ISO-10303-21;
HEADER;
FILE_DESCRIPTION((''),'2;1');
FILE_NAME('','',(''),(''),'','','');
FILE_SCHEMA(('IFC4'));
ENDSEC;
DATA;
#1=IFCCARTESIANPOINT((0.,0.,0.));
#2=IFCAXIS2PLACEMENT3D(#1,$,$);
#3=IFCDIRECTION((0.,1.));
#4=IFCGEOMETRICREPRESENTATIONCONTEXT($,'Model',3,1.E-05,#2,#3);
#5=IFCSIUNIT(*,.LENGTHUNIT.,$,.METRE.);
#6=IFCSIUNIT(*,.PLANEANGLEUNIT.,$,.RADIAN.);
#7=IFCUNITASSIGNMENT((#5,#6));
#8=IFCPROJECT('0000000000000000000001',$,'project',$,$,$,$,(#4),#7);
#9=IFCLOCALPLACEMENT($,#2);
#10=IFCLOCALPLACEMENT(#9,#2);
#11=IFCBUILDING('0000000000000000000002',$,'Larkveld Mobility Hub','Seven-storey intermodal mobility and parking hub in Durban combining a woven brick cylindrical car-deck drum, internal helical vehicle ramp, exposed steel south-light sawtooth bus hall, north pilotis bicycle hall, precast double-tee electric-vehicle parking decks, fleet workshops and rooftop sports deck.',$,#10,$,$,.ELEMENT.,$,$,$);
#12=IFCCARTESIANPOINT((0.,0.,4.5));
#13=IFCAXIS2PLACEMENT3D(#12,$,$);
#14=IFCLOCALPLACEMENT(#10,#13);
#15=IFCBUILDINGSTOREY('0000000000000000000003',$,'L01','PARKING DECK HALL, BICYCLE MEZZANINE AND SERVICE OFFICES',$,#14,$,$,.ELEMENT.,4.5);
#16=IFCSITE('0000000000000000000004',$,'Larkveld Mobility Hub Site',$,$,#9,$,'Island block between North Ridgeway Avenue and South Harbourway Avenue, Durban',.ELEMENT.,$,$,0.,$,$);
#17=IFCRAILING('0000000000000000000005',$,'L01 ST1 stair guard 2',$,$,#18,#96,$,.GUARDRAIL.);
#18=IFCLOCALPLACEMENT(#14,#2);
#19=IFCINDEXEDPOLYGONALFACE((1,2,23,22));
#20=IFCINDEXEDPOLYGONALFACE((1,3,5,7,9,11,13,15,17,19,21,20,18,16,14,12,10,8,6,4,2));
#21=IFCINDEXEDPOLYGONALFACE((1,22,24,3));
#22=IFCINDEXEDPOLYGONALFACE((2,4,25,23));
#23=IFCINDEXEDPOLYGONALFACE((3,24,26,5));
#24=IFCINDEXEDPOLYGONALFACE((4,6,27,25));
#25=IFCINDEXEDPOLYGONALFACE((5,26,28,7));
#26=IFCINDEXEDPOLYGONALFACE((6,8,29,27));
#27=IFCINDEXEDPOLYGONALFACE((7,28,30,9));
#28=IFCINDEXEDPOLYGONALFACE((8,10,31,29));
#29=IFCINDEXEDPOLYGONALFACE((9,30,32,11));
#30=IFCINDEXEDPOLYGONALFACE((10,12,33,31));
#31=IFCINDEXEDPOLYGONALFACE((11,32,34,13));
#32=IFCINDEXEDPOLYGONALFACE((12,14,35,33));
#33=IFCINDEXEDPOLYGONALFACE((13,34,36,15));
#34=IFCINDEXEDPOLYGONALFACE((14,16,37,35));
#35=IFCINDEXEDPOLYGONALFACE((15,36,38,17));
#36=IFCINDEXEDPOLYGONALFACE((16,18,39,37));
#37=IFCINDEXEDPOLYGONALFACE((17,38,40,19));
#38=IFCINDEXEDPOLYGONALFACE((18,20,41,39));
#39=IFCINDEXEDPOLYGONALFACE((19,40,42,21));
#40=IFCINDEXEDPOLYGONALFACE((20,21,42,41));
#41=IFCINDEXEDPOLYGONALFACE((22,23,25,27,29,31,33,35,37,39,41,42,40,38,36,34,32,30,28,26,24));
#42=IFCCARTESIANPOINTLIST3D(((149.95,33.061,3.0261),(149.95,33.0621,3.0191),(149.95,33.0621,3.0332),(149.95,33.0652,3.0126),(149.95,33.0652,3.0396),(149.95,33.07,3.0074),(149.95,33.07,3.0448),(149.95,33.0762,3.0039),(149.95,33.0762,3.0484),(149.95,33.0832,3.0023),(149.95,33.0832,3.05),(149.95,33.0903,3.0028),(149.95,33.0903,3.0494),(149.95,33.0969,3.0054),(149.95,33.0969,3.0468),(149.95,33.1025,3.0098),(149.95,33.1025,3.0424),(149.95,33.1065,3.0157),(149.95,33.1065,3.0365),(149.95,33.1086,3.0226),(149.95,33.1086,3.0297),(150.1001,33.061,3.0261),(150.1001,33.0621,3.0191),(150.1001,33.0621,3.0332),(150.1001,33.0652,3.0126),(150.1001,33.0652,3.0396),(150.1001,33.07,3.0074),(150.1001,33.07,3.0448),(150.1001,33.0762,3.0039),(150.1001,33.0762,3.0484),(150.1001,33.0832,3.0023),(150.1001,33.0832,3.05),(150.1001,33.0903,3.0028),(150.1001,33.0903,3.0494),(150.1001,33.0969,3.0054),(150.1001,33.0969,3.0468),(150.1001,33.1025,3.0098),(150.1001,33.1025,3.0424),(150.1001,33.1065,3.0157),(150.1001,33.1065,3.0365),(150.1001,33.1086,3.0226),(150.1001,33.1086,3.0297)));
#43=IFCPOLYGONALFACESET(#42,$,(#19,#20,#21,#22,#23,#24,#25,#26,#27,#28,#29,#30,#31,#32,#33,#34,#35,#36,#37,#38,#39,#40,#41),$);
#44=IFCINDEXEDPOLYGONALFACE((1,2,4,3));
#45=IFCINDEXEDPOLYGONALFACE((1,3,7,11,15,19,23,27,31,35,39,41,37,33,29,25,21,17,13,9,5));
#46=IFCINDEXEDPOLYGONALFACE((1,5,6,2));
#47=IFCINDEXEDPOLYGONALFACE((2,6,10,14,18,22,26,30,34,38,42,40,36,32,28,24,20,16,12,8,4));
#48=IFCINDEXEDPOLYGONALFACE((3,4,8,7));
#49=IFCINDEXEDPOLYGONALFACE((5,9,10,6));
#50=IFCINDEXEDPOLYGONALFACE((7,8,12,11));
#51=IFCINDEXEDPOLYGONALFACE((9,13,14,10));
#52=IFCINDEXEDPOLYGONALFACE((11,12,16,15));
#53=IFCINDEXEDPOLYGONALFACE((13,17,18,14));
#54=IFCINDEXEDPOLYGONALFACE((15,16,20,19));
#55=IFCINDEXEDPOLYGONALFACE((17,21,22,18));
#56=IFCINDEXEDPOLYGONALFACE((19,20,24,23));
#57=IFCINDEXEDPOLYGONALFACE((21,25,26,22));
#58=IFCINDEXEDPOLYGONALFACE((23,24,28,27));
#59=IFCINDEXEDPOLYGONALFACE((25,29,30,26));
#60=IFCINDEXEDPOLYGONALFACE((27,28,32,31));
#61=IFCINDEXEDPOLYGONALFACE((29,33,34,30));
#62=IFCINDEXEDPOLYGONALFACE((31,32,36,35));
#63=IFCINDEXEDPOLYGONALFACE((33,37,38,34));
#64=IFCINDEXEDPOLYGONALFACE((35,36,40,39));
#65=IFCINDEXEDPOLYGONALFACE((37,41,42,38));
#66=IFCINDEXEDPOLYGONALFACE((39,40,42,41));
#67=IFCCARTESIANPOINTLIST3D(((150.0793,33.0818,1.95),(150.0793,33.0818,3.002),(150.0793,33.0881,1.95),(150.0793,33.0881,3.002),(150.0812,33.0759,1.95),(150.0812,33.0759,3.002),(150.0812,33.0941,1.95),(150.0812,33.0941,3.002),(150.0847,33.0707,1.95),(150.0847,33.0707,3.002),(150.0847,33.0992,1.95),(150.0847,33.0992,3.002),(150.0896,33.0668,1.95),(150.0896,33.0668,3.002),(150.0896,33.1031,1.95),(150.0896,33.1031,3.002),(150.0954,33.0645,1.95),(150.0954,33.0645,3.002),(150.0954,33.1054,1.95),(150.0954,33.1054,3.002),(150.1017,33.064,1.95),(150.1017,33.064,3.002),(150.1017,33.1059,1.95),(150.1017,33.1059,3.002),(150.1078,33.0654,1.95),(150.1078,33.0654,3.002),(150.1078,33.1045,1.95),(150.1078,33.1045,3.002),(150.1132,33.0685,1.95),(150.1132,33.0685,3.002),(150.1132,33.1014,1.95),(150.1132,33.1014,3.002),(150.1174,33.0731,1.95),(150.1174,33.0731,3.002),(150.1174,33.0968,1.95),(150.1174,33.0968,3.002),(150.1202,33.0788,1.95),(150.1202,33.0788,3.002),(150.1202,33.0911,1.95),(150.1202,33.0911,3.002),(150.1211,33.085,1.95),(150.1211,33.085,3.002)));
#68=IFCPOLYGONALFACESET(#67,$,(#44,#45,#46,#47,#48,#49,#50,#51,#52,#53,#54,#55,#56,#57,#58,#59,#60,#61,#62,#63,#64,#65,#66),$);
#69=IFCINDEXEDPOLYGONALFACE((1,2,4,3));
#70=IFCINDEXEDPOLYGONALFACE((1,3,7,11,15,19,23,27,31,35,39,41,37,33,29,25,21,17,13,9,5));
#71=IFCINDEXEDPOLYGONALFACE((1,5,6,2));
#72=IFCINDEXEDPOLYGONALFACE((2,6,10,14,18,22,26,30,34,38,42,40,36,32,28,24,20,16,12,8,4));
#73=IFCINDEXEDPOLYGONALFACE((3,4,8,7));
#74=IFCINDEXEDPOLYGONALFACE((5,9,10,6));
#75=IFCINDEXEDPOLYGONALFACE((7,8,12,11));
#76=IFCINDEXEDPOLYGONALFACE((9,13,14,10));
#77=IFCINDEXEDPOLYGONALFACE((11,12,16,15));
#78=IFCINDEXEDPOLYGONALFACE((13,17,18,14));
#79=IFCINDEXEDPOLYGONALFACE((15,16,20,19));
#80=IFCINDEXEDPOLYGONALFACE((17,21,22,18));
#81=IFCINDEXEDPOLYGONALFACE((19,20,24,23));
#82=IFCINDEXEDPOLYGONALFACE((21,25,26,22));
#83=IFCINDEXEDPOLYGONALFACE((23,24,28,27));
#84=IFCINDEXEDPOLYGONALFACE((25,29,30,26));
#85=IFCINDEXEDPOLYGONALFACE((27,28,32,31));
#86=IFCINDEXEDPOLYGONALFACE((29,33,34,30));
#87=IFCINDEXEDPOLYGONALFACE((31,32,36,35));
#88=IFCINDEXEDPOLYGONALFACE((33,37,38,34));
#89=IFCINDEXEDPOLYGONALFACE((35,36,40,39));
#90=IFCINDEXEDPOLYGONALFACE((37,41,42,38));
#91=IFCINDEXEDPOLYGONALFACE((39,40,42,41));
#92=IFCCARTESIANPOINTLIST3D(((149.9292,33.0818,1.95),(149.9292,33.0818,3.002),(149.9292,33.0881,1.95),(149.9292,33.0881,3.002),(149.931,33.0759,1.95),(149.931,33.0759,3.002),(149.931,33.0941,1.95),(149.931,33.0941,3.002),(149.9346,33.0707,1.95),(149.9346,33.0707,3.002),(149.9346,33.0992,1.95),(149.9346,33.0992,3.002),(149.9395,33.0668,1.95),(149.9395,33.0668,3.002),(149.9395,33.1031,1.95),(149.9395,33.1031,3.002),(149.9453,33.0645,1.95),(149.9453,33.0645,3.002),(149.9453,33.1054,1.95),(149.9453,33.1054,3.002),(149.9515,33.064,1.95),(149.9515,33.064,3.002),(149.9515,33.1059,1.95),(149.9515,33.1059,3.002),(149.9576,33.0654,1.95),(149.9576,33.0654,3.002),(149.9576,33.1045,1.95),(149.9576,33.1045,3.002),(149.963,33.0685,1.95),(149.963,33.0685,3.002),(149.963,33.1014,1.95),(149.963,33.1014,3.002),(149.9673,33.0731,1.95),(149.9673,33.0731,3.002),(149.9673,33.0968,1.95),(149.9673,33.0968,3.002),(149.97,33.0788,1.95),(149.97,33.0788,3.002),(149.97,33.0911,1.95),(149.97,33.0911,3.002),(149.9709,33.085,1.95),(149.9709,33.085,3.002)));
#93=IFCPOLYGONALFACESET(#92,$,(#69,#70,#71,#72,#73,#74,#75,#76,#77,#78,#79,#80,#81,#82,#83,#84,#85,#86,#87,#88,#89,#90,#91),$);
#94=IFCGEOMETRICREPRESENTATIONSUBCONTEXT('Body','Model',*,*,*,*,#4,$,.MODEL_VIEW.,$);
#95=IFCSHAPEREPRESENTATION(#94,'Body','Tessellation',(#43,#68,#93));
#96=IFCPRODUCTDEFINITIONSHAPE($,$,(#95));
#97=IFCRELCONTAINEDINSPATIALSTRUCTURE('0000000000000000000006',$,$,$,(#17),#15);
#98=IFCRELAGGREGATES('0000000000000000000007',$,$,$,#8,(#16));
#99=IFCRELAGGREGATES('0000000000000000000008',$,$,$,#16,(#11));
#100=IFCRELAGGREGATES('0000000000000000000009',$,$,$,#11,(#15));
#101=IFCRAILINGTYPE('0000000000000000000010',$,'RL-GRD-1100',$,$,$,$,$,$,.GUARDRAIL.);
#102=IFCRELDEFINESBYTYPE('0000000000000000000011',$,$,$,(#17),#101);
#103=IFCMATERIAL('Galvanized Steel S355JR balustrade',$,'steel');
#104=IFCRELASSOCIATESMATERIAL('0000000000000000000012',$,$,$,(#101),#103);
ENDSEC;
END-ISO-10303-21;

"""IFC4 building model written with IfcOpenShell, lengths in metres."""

from ifc_helpers import new_model, si_unit, direction, frame, origin, origin_2d, place, context, subcontext, project, spatial, circle, extrude, material, type_object, element, save


model = new_model("IFC4")

# Units and contexts
model_context = context("Model", 3, precision=1e-05, world=origin(), true_north=direction((0.0, 1.0)))
body_context = subcontext(model_context, "Body", "Model", "MODEL_VIEW")
ifc_project = project(units=[si_unit("LENGTHUNIT", "METRE"), si_unit("PLANEANGLEUNIT", "RADIAN")], contexts=[model_context])

# Site, building, storey
site_placement = place(None, origin())
site = spatial("IfcSite", under=ifc_project, at=site_placement, Name="Larkveld Mobility Hub Site", LongName="Island block between North Ridgeway Avenue and South Harbourway Avenue, Durban", CompositionType="ELEMENT", RefElevation=0.0)
building_placement = place(site_placement, origin())
building = spatial("IfcBuilding", under=site, at=building_placement, Name="Larkveld Mobility Hub", Description="Seven-storey intermodal mobility and parking hub in Durban combining a woven brick cylindrical car-deck drum, internal helical vehicle ramp, exposed steel south-light sawtooth bus hall, north pilotis bicycle hall, precast double-tee electric-vehicle parking decks, fleet workshops and rooftop sports deck.", CompositionType="ELEMENT")
storey_placement = place(building_placement, frame((0.0, 0.0, 4.5)))
storey = spatial("IfcBuildingStorey", under=building, at=storey_placement, Name="L01", Description="PARKING DECK HALL, BICYCLE MEZZANINE AND SERVICE OFFICES", CompositionType="ELEMENT", Elevation=4.5)

# Railing
ifc_material_1 = material(Name="Galvanized Steel S355JR balustrade", Category="steel")
railing_type_1 = type_object("IfcRailingType", Name="RL-GRD-1100", PredefinedType="GUARDRAIL", material=ifc_material_1)
railing_1_placement = place(storey_placement, frame((150.1001, 33.085, 1.95)))
element("IfcRailing", 1, at=railing_1_placement, inside=storey, type_object=railing_type_1, Name="L01 ST1 stair guard 2", PredefinedType="GUARDRAIL", context=body_context, shape_type="SweptSolid", body=[
    extrude(circle(Radius=0.0239, at=origin_2d()), frame((0.0, 0.0, 1.0762), z_axis=(-1.0, 0.0, 0.0), x_axis=(0.0, -1.0, 0.0)), (0.0, 0.0, 1.0), 0.1501),
    extrude(circle(Radius=0.021, at=origin_2d()), origin(), (0.0, 0.0, 1.0), 1.052),
    extrude(circle(Radius=0.021, at=origin_2d()), frame((-0.1501, 0.0, 0.0)), (0.0, 0.0, 1.0), 1.052),
])

save(model, "model.ifc")
